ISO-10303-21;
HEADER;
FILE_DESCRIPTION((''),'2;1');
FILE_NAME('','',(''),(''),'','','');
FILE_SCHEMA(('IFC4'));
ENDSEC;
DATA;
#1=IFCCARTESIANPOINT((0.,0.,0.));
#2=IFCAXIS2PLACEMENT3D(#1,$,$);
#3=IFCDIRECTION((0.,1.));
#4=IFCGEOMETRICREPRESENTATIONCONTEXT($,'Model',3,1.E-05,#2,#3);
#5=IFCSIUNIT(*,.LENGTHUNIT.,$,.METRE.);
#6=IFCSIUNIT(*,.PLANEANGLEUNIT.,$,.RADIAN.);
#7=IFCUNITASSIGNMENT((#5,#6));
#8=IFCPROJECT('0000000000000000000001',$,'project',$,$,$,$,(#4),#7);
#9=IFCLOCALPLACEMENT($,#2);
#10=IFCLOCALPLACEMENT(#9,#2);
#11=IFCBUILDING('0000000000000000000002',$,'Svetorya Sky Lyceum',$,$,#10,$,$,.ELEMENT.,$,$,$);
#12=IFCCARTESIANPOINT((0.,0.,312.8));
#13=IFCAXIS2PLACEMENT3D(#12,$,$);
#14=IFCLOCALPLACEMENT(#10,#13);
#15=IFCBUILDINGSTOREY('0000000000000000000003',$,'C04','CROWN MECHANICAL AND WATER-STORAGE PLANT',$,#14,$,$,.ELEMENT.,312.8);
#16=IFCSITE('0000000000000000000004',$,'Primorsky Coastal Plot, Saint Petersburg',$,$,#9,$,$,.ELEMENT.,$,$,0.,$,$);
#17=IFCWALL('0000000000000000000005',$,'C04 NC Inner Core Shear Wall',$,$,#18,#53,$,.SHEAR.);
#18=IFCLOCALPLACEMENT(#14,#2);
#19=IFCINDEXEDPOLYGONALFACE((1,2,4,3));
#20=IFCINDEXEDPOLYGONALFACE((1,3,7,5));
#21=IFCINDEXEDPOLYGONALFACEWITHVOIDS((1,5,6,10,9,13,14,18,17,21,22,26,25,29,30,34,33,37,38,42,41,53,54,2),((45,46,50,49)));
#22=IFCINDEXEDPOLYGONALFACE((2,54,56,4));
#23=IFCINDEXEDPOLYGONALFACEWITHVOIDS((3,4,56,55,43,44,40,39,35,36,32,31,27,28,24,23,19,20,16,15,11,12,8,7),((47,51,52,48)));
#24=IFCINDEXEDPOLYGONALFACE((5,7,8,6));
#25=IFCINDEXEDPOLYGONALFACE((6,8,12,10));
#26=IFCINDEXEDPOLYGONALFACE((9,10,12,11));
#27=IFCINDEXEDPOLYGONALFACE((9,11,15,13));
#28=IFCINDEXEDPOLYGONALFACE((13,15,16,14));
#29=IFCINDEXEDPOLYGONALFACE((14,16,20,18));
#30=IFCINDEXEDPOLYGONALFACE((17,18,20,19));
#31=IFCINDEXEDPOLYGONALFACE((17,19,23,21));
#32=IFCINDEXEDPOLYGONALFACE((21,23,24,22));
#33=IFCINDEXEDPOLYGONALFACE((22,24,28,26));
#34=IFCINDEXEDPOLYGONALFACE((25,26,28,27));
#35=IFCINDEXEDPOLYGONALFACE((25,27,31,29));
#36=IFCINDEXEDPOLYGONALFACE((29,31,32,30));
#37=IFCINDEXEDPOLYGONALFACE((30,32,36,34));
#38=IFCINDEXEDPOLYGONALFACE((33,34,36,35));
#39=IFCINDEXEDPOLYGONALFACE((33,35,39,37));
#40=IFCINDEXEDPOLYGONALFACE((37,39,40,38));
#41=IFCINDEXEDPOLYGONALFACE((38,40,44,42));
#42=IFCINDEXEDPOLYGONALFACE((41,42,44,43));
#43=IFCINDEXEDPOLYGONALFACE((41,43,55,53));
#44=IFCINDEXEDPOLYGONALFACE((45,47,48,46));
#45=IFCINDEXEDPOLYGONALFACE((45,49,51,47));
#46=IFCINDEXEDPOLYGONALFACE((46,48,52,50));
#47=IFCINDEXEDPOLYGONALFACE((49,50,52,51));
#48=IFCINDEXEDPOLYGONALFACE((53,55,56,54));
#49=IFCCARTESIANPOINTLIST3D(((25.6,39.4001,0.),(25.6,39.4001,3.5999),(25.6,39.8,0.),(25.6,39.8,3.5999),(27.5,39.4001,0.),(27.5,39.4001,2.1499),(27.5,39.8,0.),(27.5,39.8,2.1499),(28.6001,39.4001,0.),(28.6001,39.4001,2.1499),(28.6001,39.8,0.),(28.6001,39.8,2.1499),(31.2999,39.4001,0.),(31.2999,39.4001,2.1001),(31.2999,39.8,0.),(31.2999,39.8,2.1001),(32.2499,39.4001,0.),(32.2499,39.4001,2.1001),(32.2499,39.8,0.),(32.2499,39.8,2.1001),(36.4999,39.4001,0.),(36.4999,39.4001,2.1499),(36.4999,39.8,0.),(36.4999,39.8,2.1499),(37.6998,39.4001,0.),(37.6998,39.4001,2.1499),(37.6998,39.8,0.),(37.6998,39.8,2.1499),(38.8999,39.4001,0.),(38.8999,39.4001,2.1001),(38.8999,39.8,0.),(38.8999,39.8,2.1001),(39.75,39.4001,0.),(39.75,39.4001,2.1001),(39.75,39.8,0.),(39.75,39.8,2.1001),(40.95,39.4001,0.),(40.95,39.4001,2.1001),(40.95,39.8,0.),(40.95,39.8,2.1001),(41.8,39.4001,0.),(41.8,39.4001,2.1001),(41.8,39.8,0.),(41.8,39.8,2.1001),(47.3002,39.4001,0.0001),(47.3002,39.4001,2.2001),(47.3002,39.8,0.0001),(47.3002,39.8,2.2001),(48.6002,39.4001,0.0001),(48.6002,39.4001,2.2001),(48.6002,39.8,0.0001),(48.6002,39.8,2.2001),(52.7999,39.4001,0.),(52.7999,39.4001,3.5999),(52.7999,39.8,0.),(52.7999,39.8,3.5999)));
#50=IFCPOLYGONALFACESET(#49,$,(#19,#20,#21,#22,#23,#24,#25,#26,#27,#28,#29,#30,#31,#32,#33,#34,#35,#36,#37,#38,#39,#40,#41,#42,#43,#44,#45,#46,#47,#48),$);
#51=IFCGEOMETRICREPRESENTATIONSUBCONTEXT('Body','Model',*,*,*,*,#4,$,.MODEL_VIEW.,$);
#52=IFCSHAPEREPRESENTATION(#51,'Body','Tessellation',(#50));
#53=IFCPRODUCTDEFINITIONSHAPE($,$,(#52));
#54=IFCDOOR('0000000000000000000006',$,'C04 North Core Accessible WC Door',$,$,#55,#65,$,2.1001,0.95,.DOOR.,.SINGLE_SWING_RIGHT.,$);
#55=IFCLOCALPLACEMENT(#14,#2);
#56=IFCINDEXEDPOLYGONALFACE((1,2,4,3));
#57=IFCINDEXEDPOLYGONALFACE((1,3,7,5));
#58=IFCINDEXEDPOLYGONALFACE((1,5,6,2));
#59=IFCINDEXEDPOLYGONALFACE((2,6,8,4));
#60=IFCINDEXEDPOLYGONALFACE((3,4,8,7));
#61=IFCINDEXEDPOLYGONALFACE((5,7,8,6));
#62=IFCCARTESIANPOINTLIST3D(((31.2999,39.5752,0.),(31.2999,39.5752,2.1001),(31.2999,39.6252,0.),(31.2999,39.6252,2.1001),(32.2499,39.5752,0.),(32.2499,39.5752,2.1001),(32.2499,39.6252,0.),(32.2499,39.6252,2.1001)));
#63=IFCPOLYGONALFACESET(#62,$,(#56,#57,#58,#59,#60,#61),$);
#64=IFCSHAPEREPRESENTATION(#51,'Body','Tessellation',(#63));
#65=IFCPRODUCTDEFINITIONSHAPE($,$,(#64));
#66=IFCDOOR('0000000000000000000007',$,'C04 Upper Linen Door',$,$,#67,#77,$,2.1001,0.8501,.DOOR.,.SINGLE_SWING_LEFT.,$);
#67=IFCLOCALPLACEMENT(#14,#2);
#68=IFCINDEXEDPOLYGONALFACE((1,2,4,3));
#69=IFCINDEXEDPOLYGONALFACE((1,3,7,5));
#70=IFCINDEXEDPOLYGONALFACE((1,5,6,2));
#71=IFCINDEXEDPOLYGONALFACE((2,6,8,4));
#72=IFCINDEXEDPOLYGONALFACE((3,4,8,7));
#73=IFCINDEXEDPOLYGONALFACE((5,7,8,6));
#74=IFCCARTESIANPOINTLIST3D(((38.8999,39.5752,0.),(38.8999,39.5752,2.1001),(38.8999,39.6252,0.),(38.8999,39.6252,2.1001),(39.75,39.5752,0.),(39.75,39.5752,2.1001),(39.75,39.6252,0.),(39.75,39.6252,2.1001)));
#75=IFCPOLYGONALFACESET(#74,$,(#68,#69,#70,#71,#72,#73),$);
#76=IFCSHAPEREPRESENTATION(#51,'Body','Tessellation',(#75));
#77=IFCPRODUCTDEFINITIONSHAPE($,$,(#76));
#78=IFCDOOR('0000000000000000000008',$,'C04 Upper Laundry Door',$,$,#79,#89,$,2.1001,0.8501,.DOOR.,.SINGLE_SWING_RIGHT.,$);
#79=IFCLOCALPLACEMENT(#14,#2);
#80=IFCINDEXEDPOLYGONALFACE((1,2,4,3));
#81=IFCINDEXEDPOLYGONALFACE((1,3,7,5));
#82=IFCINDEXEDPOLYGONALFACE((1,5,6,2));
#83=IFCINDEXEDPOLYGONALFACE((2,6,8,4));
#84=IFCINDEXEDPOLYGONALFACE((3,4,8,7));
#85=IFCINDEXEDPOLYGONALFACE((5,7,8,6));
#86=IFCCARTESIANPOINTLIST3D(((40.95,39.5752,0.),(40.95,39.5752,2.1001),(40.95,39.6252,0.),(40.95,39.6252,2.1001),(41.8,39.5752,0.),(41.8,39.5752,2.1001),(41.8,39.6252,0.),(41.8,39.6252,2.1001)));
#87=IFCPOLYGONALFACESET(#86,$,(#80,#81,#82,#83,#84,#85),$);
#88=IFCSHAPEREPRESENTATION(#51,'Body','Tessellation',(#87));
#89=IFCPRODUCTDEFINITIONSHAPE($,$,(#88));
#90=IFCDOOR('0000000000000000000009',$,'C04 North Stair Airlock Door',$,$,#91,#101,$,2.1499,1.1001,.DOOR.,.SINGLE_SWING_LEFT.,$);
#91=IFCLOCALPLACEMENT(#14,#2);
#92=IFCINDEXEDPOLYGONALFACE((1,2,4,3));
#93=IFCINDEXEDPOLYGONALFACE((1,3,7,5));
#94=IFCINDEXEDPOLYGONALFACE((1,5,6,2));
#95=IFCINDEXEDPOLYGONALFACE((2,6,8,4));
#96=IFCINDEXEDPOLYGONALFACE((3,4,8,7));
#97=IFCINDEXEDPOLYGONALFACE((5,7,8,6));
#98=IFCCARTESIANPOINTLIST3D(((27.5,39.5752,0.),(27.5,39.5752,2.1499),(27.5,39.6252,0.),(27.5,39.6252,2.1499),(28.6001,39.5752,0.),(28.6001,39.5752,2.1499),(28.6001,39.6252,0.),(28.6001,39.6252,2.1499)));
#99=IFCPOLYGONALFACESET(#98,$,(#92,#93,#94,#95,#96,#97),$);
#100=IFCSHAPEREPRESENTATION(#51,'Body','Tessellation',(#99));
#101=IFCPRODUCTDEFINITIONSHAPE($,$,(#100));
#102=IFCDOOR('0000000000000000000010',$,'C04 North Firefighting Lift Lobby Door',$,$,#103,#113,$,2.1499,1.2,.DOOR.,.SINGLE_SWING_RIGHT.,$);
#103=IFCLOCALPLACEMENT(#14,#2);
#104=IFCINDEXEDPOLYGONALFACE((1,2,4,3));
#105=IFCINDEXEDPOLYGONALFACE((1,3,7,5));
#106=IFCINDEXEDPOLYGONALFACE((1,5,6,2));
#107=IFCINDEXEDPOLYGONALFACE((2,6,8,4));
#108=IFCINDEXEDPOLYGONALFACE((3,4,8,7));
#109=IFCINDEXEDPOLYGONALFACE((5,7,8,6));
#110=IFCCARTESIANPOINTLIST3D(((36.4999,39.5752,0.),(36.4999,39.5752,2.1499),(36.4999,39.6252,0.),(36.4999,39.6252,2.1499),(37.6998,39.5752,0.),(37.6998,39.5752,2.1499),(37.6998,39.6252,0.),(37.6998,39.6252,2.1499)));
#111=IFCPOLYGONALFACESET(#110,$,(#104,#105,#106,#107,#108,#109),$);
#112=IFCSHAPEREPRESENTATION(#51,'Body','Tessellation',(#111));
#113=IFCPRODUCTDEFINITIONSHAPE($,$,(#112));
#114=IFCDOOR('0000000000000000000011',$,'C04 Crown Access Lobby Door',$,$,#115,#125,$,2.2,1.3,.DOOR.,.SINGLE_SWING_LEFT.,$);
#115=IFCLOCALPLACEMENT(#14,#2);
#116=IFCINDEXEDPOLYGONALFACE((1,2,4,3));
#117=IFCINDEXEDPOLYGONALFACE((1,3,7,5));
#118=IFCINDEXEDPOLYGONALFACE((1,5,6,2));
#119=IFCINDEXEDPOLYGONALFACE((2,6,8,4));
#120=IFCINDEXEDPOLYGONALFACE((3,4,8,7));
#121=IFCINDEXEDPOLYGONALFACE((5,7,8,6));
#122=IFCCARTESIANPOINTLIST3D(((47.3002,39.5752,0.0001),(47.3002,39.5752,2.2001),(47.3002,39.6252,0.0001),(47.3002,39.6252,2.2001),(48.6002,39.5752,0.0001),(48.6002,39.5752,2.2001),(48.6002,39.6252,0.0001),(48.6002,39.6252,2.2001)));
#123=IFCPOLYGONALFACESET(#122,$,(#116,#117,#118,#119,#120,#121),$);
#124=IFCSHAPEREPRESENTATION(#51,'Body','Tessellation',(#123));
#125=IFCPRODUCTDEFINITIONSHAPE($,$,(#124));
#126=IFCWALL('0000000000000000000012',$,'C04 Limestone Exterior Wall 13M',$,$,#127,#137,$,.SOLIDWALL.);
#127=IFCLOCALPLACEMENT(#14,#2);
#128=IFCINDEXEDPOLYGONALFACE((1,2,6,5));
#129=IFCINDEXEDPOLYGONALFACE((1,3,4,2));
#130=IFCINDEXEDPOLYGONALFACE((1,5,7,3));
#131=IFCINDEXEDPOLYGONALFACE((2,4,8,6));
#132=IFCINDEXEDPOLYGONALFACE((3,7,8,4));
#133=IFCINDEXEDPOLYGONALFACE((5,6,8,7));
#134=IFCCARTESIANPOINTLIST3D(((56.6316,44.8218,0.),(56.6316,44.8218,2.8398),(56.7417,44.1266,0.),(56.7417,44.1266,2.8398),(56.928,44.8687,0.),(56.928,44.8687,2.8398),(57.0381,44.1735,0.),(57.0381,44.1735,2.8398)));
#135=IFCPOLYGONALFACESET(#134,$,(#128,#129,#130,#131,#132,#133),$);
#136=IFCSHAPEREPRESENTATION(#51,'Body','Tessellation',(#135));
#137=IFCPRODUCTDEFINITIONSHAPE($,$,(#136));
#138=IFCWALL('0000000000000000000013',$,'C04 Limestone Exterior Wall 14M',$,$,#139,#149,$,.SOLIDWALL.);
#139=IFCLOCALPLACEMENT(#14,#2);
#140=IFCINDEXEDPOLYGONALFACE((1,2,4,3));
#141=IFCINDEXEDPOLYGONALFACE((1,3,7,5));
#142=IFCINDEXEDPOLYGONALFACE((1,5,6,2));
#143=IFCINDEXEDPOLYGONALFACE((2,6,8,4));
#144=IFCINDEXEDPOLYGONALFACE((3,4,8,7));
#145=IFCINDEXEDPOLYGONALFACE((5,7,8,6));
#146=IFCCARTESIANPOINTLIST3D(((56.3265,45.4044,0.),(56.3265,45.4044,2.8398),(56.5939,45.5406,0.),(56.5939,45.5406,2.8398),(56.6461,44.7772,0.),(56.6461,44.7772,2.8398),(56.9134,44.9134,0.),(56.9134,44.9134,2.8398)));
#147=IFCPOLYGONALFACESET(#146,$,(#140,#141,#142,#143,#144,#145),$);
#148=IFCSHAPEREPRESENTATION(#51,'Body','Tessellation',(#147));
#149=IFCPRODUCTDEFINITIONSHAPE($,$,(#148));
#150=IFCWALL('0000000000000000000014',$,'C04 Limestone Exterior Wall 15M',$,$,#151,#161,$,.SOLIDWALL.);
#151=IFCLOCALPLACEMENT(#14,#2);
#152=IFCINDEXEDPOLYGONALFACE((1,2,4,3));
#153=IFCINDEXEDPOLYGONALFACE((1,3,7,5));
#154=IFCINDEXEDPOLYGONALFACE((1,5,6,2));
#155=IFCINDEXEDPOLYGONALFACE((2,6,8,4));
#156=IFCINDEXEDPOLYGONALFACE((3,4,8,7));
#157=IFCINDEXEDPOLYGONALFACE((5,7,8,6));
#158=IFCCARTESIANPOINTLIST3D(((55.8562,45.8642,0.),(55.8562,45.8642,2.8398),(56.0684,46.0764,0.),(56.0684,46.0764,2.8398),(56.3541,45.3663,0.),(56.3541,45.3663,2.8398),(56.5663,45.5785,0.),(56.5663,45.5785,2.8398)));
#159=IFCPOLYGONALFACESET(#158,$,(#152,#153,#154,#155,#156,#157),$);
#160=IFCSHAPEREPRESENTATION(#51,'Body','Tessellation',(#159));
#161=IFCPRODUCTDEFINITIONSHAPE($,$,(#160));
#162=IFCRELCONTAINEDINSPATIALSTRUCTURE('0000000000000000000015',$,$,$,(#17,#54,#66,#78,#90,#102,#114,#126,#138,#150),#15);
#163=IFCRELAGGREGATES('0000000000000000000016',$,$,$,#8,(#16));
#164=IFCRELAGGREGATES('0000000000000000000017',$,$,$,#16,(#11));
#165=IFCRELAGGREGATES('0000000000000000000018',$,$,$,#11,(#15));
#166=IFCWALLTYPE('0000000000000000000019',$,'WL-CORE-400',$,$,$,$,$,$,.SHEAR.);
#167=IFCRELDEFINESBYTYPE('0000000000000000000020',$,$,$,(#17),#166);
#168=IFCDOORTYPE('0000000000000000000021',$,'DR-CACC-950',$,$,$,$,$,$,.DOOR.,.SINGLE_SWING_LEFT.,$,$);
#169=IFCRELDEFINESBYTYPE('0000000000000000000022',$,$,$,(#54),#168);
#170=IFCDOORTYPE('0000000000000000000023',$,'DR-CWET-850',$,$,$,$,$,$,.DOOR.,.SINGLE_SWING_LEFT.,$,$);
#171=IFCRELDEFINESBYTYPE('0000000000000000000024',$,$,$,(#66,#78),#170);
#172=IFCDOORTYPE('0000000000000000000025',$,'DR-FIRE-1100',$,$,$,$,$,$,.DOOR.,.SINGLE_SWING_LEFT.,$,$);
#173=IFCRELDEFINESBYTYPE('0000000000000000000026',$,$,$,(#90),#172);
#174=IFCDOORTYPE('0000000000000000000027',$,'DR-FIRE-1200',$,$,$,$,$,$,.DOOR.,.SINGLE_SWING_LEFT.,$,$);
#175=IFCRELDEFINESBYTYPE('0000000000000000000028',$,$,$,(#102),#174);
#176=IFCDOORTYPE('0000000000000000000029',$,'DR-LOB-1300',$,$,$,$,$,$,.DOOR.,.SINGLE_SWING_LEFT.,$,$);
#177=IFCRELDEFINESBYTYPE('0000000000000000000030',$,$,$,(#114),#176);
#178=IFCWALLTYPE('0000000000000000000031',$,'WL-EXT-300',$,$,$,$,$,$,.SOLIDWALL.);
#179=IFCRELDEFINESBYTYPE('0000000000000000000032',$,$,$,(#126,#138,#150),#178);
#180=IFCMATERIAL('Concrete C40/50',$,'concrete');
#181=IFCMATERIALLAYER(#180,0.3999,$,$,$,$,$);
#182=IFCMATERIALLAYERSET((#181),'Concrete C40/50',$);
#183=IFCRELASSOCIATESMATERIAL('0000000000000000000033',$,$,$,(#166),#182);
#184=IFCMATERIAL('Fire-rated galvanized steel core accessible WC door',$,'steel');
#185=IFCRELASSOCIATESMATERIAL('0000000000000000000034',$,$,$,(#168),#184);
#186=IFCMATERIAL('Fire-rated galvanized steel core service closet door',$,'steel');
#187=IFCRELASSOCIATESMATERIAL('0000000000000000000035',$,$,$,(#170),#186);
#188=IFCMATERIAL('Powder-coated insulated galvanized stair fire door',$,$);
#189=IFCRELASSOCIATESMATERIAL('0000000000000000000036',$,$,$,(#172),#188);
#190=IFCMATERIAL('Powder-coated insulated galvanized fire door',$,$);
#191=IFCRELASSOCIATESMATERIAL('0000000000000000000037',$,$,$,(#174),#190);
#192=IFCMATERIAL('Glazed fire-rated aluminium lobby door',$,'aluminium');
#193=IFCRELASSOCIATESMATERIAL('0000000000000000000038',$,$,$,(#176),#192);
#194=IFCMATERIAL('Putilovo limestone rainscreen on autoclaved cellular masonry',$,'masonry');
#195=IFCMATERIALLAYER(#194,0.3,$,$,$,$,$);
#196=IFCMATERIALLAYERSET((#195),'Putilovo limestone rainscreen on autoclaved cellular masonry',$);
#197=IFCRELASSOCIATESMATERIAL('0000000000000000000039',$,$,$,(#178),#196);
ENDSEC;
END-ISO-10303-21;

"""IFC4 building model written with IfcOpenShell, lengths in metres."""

from ifc_helpers import new_model, si_unit, direction, frame, frame_2d, origin, place, context, subcontext, project, spatial, rectangle, extrude, material, layer, layer_set, type_object, element, fill, save


model = new_model("IFC4")

# Units and contexts
model_context = context("Model", 3, precision=1e-05, world=origin(), true_north=direction((0.0, 1.0)))
body_context = subcontext(model_context, "Body", "Model", "MODEL_VIEW")
ifc_project = project(units=[si_unit("LENGTHUNIT", "METRE"), si_unit("PLANEANGLEUNIT", "RADIAN")], contexts=[model_context])

# Site, building, storey
site_placement = place(None, origin())
site = spatial("IfcSite", under=ifc_project, at=site_placement, Name="Primorsky Coastal Plot, Saint Petersburg", CompositionType="ELEMENT", RefElevation=0.0)
building_placement = place(site_placement, origin())
building = spatial("IfcBuilding", under=site, at=building_placement, Name="Svetorya Sky Lyceum", CompositionType="ELEMENT")
storey_placement = place(building_placement, frame((0.0, 0.0, 312.8)))
storey = spatial("IfcBuildingStorey", under=building, at=storey_placement, Name="C04", Description="CROWN MECHANICAL AND WATER-STORAGE PLANT", CompositionType="ELEMENT", Elevation=312.8)

# Shared definitions
ifc_material_1 = material(Name="Concrete C40/50", Category="concrete")

# Shared definitions
ifc_layer_1 = layer(ifc_material_1, 0.3999)
ifc_layer_set_1 = layer_set([ifc_layer_1], Name="Concrete C40/50")
wall_type_1 = type_object("IfcWallType", Name="WL-CORE-400", PredefinedType="SHEAR", material=ifc_layer_set_1)

# Wall, openings, doors
wall_1_placement = place(storey_placement, frame((52.8, 39.6001, 0.0), z_axis=(0.0, 0.0, 1.0), x_axis=(-1.0, 0.0, 0.0)))
wall_1 = element("IfcWall", 1, at=wall_1_placement, inside=storey, type_object=wall_type_1, Name="C04 NC Inner Core Shear Wall", PredefinedType="SHEAR", context=body_context, shape_type="SweptSolid", body=[
    extrude(rectangle(XDim=27.2, YDim=0.3999, at=frame_2d((13.6001, 0.0))), origin(), (0.0, 0.0, 1.0), 3.5999),
])
opening_1_placement = place(wall_1_placement, frame((24.2, 0.0, 0.0)))
opening_1 = element("IfcOpeningElement", 2, at=opening_1_placement, cuts=wall_1, PredefinedType="OPENING", context=body_context, shape_type="SweptSolid", body=[
    extrude(rectangle(XDim=1.1001, YDim=2.1499, at=frame_2d((0.55, 1.075))), frame((0.0, 0.21, 0.0), z_axis=(0.0, -1.0, 0.0), x_axis=(1.0, 0.0, 0.0)), (0.0, 0.0, 1.0), 0.4199),
])
opening_2_placement = place(wall_1_placement, frame((20.55, 0.0, 0.0)))
opening_2 = element("IfcOpeningElement", 3, at=opening_2_placement, cuts=wall_1, PredefinedType="OPENING", context=body_context, shape_type="SweptSolid", body=[
    extrude(rectangle(XDim=0.95, YDim=2.1001, at=frame_2d((0.4751, 1.05))), frame((0.0, 0.21, 0.0), z_axis=(0.0, -1.0, 0.0), x_axis=(1.0, 0.0, 0.0)), (0.0, 0.0, 1.0), 0.4199),
])
opening_3_placement = place(wall_1_placement, frame((15.1001, 0.0, 0.0)))
opening_3 = element("IfcOpeningElement", 4, at=opening_3_placement, cuts=wall_1, PredefinedType="OPENING", context=body_context, shape_type="SweptSolid", body=[
    extrude(rectangle(XDim=1.2, YDim=2.1499, at=frame_2d((0.6001, 1.075))), frame((0.0, 0.21, 0.0), z_axis=(0.0, -1.0, 0.0), x_axis=(1.0, 0.0, 0.0)), (0.0, 0.0, 1.0), 0.4199),
])
opening_4_placement = place(wall_1_placement, frame((13.05, 0.0, 0.0)))
opening_4 = element("IfcOpeningElement", 5, at=opening_4_placement, cuts=wall_1, PredefinedType="OPENING", context=body_context, shape_type="SweptSolid", body=[
    extrude(rectangle(XDim=0.8501, YDim=2.1001, at=frame_2d((0.425, 1.05))), frame((0.0, 0.21, 0.0), z_axis=(0.0, -1.0, 0.0), x_axis=(1.0, 0.0, 0.0)), (0.0, 0.0, 1.0), 0.4199),
])
opening_5_placement = place(wall_1_placement, frame((11.0, 0.0, 0.0)))
opening_5 = element("IfcOpeningElement", 6, at=opening_5_placement, cuts=wall_1, PredefinedType="OPENING", context=body_context, shape_type="SweptSolid", body=[
    extrude(rectangle(XDim=0.8501, YDim=2.1001, at=frame_2d((0.425, 1.05))), frame((0.0, 0.21, 0.0), z_axis=(0.0, -1.0, 0.0), x_axis=(1.0, 0.0, 0.0)), (0.0, 0.0, 1.0), 0.4199),
])
opening_6_placement = place(wall_1_placement, frame((4.2, 0.0, 0.0)))
opening_6 = element("IfcOpeningElement", 7, at=opening_6_placement, cuts=wall_1, PredefinedType="OPENING", context=body_context, shape_type="SweptSolid", body=[
    extrude(rectangle(XDim=1.3, YDim=2.2, at=frame_2d((0.6499, 1.1001))), frame((0.0, 0.21, 0.0), z_axis=(0.0, -1.0, 0.0), x_axis=(1.0, 0.0, 0.0)), (0.0, 0.0, 1.0), 0.4199),
])
ifc_material_2 = material(Name="Fire-rated galvanized steel core accessible WC door", Category="steel")
door_type_1 = type_object("IfcDoorType", Name="DR-CACC-950", OperationType="SINGLE_SWING_LEFT", PredefinedType="DOOR", material=ifc_material_2)
door_1_placement = place(opening_2_placement, origin())
door_1 = element("IfcDoor", 8, at=door_1_placement, inside=storey, type_object=door_type_1, Name="C04 North Core Accessible WC Door", OperationType="SINGLE_SWING_RIGHT", OverallHeight=2.1001, OverallWidth=0.95, PredefinedType="DOOR", context=body_context, shape_type="SweptSolid", body=[
    extrude(rectangle(XDim=0.95, YDim=2.1001, at=frame_2d((0.4751, 1.05))), frame((0.0, 0.0249, 0.0), z_axis=(0.0, -1.0, 0.0), x_axis=(1.0, 0.0, 0.0)), (0.0, 0.0, 1.0), 0.05),
])
fill(opening_2, door_1)
ifc_material_3 = material(Name="Fire-rated galvanized steel core service closet door", Category="steel")
door_type_2 = type_object("IfcDoorType", Name="DR-CWET-850", OperationType="SINGLE_SWING_LEFT", PredefinedType="DOOR", material=ifc_material_3)
door_2_placement = place(opening_4_placement, origin())
door_2 = element("IfcDoor", 9, at=door_2_placement, inside=storey, type_object=door_type_2, Name="C04 Upper Linen Door", OperationType="SINGLE_SWING_LEFT", OverallHeight=2.1001, OverallWidth=0.8501, PredefinedType="DOOR", context=body_context, shape_type="SweptSolid", body=[
    extrude(rectangle(XDim=0.8501, YDim=2.1001, at=frame_2d((0.425, 1.05))), frame((0.0, 0.0249, 0.0), z_axis=(0.0, -1.0, 0.0), x_axis=(1.0, 0.0, 0.0)), (0.0, 0.0, 1.0), 0.05),
])
fill(opening_4, door_2)
door_3_placement = place(opening_5_placement, origin())
door_3 = element("IfcDoor", 10, at=door_3_placement, inside=storey, type_object=door_type_2, Name="C04 Upper Laundry Door", OperationType="SINGLE_SWING_RIGHT", OverallHeight=2.1001, OverallWidth=0.8501, PredefinedType="DOOR", context=body_context, shape_type="SweptSolid", body=[
    extrude(rectangle(XDim=0.8501, YDim=2.1001, at=frame_2d((0.425, 1.05))), frame((0.0, 0.0249, 0.0), z_axis=(0.0, -1.0, 0.0), x_axis=(1.0, 0.0, 0.0)), (0.0, 0.0, 1.0), 0.05),
])
fill(opening_5, door_3)
ifc_material_4 = material(Name="Powder-coated insulated galvanized stair fire door")
door_type_3 = type_object("IfcDoorType", Name="DR-FIRE-1100", OperationType="SINGLE_SWING_LEFT", PredefinedType="DOOR", material=ifc_material_4)
door_4_placement = place(opening_1_placement, origin())
door_4 = element("IfcDoor", 11, at=door_4_placement, inside=storey, type_object=door_type_3, Name="C04 North Stair Airlock Door", OperationType="SINGLE_SWING_LEFT", OverallHeight=2.1499, OverallWidth=1.1001, PredefinedType="DOOR", context=body_context, shape_type="SweptSolid", body=[
    extrude(rectangle(XDim=1.1001, YDim=2.1499, at=frame_2d((0.55, 1.075))), frame((0.0, 0.0249, 0.0), z_axis=(0.0, -1.0, 0.0), x_axis=(1.0, 0.0, 0.0)), (0.0, 0.0, 1.0), 0.05),
])
fill(opening_1, door_4)
ifc_material_5 = material(Name="Powder-coated insulated galvanized fire door")
door_type_4 = type_object("IfcDoorType", Name="DR-FIRE-1200", OperationType="SINGLE_SWING_LEFT", PredefinedType="DOOR", material=ifc_material_5)
door_5_placement = place(opening_3_placement, origin())
door_5 = element("IfcDoor", 12, at=door_5_placement, inside=storey, type_object=door_type_4, Name="C04 North Firefighting Lift Lobby Door", OperationType="SINGLE_SWING_RIGHT", OverallHeight=2.1499, OverallWidth=1.2, PredefinedType="DOOR", context=body_context, shape_type="SweptSolid", body=[
    extrude(rectangle(XDim=1.2, YDim=2.1499, at=frame_2d((0.6001, 1.075))), frame((0.0, 0.0249, 0.0), z_axis=(0.0, -1.0, 0.0), x_axis=(1.0, 0.0, 0.0)), (0.0, 0.0, 1.0), 0.05),
])
fill(opening_3, door_5)
ifc_material_6 = material(Name="Glazed fire-rated aluminium lobby door", Category="aluminium")
door_type_5 = type_object("IfcDoorType", Name="DR-LOB-1300", OperationType="SINGLE_SWING_LEFT", PredefinedType="DOOR", material=ifc_material_6)
door_6_placement = place(opening_6_placement, origin())
door_6 = element("IfcDoor", 13, at=door_6_placement, inside=storey, type_object=door_type_5, Name="C04 Crown Access Lobby Door", OperationType="SINGLE_SWING_LEFT", OverallHeight=2.2, OverallWidth=1.3, PredefinedType="DOOR", context=body_context, shape_type="SweptSolid", body=[
    extrude(rectangle(XDim=1.3, YDim=2.2, at=frame_2d((0.6499, 1.1001))), frame((0.0, 0.0249, 0.0), z_axis=(0.0, -1.0, 0.0), x_axis=(1.0, 0.0, 0.0)), (0.0, 0.0, 1.0), 0.05),
])
fill(opening_6, door_6)

# Walls
ifc_material_7 = material(Name="Putilovo limestone rainscreen on autoclaved cellular masonry", Category="masonry")
ifc_layer_2 = layer(ifc_material_7, 0.3)
ifc_layer_set_2 = layer_set([ifc_layer_2], Name="Putilovo limestone rainscreen on autoclaved cellular masonry")
wall_type_2 = type_object("IfcWallType", Name="WL-EXT-300", PredefinedType="SOLIDWALL", material=ifc_layer_set_2)
for number, where, z_axis, x_axis, name in (
    (14, (56.8899, 44.1499, 0.0), (0.0, 0.0, 1.0), (-0.156408, 0.987693, 0.0), "C04 Limestone Exterior Wall 13M"),
    (15, (56.7798, 44.8452, 0.0), (0.0, 0.0, 1.0), (-0.453999, 0.891002, 0.0), "C04 Limestone Exterior Wall 14M"),
):
    element("IfcWall", number, at=place(storey_placement, frame(where, z_axis=z_axis, x_axis=x_axis)), inside=storey, type_object=wall_type_2, Name=name, PredefinedType="SOLIDWALL", context=body_context, shape_type="SweptSolid", body=[
        extrude(rectangle(XDim=0.7039, YDim=0.3, at=frame_2d((0.3521, 0.0))), origin(), (0.0, 0.0, 1.0), 2.8398),
    ])
wall_2_placement = place(storey_placement, frame((56.4602, 45.4724, 0.0), z_axis=(0.0, 0.0, 1.0), x_axis=(-0.707107, 0.707107, 0.0)))
element("IfcWall", 16, at=wall_2_placement, inside=storey, type_object=wall_type_2, Name="C04 Limestone Exterior Wall 15M", PredefinedType="SOLIDWALL", context=body_context, shape_type="SweptSolid", body=[
    extrude(rectangle(XDim=0.7041, YDim=0.3, at=frame_2d((0.3521, 0.0))), origin(), (0.0, 0.0, 1.0), 2.8398),
])

save(model, "model.ifc")
